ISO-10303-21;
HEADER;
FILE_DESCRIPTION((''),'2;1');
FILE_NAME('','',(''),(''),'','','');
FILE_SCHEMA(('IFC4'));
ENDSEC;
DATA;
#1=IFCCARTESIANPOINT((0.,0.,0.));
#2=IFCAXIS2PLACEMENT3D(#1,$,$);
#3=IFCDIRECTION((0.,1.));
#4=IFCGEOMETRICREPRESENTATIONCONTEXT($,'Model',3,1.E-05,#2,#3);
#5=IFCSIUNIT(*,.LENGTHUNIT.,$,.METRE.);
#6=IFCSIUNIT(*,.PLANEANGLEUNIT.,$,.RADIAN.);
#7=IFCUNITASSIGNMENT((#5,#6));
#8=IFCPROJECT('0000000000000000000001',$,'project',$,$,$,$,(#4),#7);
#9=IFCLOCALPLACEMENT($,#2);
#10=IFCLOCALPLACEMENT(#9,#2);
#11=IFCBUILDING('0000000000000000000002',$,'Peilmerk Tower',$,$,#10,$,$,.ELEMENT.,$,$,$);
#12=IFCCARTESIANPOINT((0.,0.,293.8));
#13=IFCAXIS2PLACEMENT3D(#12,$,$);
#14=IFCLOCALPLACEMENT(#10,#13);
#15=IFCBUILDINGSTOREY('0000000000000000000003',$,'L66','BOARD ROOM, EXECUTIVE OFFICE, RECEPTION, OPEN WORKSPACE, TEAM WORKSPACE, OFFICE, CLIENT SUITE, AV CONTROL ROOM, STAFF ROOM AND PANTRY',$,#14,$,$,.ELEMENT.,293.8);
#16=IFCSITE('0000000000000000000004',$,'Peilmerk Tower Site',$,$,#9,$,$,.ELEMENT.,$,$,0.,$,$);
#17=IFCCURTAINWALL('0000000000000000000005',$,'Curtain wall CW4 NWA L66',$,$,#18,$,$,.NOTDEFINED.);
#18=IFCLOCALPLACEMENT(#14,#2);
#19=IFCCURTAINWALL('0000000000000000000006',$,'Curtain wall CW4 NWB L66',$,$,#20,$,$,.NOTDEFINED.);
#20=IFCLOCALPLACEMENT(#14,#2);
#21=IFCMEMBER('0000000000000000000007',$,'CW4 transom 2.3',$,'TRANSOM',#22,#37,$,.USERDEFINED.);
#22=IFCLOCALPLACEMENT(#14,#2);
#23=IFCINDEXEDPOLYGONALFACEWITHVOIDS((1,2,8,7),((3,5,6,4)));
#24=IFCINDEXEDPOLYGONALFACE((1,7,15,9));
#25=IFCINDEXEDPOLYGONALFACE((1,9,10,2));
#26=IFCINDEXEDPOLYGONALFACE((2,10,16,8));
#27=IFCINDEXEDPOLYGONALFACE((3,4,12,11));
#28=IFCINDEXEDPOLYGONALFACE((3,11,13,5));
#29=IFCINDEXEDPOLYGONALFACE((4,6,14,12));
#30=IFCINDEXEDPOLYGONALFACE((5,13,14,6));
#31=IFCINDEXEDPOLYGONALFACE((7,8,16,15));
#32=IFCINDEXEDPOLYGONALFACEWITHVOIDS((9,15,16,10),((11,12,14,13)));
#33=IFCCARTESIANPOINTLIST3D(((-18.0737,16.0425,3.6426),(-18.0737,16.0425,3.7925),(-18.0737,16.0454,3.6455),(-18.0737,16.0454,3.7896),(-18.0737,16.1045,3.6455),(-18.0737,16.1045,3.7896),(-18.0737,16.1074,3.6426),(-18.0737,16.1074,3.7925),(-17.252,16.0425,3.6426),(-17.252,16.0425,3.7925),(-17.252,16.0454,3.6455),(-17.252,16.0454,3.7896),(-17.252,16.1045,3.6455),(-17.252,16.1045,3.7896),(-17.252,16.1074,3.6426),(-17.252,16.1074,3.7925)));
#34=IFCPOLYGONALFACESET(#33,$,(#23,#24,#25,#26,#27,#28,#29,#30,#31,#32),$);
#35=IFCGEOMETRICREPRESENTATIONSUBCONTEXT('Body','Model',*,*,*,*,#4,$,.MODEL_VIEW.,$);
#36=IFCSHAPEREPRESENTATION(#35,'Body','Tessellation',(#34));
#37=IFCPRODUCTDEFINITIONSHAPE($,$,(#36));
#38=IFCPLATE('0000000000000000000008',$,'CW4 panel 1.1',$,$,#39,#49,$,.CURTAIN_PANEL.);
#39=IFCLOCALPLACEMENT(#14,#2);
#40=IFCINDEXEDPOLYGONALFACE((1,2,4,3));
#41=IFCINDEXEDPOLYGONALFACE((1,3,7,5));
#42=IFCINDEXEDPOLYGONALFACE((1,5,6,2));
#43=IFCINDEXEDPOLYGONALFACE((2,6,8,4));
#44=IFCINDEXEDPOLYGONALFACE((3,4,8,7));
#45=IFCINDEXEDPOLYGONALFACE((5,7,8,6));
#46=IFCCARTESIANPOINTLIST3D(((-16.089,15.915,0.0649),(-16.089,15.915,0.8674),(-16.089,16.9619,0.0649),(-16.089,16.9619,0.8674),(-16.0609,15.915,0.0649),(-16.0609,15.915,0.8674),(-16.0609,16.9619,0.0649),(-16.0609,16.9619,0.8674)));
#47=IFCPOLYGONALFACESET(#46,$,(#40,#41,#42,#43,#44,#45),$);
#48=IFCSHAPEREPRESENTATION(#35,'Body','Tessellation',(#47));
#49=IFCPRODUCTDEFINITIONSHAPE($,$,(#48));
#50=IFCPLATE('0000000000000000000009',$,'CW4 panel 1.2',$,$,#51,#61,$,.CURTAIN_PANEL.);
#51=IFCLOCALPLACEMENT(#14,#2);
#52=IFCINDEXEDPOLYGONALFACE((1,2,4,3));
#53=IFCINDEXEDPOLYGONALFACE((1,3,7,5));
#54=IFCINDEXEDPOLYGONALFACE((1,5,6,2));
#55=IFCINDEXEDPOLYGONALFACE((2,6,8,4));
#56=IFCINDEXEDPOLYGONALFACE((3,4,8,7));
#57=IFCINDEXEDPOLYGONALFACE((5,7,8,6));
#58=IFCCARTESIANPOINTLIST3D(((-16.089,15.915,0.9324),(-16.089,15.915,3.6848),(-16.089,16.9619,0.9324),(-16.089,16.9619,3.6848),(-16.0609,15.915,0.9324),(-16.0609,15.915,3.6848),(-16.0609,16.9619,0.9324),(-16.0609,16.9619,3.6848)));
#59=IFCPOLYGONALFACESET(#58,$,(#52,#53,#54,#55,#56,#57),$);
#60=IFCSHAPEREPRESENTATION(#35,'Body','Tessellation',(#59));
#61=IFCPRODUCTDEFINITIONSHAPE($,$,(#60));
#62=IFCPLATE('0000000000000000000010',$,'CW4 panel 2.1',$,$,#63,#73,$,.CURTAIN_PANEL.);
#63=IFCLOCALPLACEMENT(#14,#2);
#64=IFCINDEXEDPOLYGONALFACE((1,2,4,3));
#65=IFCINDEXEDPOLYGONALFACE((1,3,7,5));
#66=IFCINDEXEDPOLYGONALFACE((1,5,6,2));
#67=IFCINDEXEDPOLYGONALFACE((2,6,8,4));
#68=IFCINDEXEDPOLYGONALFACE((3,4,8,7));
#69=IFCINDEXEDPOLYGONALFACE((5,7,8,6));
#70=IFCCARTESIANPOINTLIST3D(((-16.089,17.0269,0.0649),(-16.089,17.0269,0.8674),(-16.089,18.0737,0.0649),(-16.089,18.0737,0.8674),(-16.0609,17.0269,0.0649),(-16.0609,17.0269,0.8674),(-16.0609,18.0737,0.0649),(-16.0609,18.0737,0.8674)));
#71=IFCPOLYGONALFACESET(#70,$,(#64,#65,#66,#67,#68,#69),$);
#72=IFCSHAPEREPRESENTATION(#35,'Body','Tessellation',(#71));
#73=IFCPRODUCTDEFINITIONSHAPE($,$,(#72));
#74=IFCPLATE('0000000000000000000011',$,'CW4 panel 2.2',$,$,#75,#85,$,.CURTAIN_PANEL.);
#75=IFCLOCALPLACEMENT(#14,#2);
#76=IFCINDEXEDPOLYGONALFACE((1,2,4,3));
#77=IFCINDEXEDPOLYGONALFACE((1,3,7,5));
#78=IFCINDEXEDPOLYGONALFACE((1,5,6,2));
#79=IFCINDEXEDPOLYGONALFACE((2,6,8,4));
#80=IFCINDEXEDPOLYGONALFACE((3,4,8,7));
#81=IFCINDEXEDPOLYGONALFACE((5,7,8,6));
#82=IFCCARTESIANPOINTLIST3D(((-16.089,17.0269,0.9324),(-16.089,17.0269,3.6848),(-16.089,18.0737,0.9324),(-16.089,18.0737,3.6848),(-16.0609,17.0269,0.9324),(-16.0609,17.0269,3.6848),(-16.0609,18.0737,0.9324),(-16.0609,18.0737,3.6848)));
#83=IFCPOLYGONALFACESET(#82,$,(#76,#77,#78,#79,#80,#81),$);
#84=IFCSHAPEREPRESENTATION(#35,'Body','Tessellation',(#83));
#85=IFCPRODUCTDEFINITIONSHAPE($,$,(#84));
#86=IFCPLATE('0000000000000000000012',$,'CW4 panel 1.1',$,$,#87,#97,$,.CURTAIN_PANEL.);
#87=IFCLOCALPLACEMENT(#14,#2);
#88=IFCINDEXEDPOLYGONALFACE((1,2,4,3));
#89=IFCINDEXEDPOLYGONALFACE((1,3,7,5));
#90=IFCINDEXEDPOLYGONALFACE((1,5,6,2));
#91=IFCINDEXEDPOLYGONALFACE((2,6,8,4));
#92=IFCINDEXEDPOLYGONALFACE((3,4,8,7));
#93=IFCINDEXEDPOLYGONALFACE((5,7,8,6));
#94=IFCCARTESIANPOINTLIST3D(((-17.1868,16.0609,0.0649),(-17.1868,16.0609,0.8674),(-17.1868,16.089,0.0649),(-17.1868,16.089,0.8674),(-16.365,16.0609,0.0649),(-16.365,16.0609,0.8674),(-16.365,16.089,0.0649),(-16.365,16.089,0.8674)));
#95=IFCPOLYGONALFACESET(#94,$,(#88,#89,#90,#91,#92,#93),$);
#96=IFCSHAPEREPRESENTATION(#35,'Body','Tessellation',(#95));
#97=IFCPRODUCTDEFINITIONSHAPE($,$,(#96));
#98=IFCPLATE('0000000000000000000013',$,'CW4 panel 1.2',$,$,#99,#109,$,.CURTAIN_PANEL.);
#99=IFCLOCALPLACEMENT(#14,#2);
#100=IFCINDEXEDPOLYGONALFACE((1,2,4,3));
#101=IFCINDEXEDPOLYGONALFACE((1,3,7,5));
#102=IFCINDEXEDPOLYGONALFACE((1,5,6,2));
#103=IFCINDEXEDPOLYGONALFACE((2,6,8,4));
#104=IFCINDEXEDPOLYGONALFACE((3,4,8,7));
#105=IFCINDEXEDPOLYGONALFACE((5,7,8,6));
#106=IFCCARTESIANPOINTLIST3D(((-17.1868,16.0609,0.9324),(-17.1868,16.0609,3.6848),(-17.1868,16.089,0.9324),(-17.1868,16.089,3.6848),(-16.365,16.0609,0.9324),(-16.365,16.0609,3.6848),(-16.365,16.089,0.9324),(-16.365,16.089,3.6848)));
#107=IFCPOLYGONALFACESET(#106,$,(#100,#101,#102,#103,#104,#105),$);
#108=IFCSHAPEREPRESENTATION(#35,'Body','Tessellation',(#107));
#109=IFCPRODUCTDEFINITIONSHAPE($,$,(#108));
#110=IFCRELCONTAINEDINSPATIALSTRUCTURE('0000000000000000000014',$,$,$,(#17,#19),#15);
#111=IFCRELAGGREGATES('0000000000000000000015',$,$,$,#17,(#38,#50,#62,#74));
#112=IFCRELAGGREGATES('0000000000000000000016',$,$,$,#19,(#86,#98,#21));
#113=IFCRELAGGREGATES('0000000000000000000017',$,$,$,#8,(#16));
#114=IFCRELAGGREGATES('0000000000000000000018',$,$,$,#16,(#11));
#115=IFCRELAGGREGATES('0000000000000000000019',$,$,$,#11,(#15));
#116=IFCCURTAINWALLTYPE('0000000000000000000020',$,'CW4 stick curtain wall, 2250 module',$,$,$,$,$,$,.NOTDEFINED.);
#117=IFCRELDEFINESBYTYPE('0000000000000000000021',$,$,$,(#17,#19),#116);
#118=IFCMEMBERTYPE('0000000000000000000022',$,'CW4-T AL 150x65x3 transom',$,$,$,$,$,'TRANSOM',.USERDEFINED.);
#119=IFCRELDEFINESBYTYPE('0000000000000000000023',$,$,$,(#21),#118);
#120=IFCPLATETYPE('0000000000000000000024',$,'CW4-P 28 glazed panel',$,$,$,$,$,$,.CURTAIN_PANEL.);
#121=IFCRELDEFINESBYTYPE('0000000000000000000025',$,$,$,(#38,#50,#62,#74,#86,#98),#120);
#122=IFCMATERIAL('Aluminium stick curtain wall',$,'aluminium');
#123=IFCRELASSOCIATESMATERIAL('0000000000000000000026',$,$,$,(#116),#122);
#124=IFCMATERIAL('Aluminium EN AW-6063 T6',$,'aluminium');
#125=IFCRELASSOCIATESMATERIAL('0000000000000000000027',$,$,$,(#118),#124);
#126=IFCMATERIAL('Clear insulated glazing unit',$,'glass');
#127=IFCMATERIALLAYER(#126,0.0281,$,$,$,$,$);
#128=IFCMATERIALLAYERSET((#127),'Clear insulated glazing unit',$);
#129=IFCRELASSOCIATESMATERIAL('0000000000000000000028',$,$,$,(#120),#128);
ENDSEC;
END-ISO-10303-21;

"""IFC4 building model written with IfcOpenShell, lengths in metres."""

from ifc_helpers import new_model, si_unit, direction, frame, origin, origin_2d, place, context, subcontext, project, spatial, rectangle, hollow_rectangle, extrude, material, layer, layer_set, material_profile, profile_set, type_object, element, aggregate, save


model = new_model("IFC4")

# Units and contexts
model_context = context("Model", 3, precision=1e-05, world=origin(), true_north=direction((0.0, 1.0)))
body_context = subcontext(model_context, "Body", "Model", "MODEL_VIEW")
ifc_project = project(units=[si_unit("LENGTHUNIT", "METRE"), si_unit("PLANEANGLEUNIT", "RADIAN")], contexts=[model_context])

# Site, building, storey
site_placement = place(None, origin())
site = spatial("IfcSite", under=ifc_project, at=site_placement, Name="Peilmerk Tower Site", CompositionType="ELEMENT", RefElevation=0.0)
building_placement = place(site_placement, origin())
building = spatial("IfcBuilding", under=site, at=building_placement, Name="Peilmerk Tower", CompositionType="ELEMENT")
storey_placement = place(building_placement, frame((0.0, 0.0, 293.8)))
storey = spatial("IfcBuildingStorey", under=building, at=storey_placement, Name="L66", Description="BOARD ROOM, EXECUTIVE OFFICE, RECEPTION, OPEN WORKSPACE, TEAM WORKSPACE, OFFICE, CLIENT SUITE, AV CONTROL ROOM, STAFF ROOM AND PANTRY", CompositionType="ELEMENT", Elevation=293.8)

# Curtain walls
ifc_material_1 = material(Name="Aluminium stick curtain wall", Category="aluminium")
curtain_wall_type = type_object("IfcCurtainWallType", Name="CW4 stick curtain wall, 2250 module", PredefinedType="NOTDEFINED", material=ifc_material_1)
curtain_wall_1_placement = place(storey_placement, origin())
curtain_wall_1 = element("IfcCurtainWall", 1, at=curtain_wall_1_placement, inside=storey, type_object=curtain_wall_type, Name="Curtain wall CW4 NWA L66", PredefinedType="NOTDEFINED")
ifc_material_2 = material(Name="Aluminium EN AW-6063 T6", Category="aluminium")
curtain_wall_2_placement = place(storey_placement, origin())
curtain_wall_2 = element("IfcCurtainWall", 2, at=curtain_wall_2_placement, inside=storey, type_object=curtain_wall_type, Name="Curtain wall CW4 NWB L66", PredefinedType="NOTDEFINED")

# Member
ifc_material_profile_1 = material_profile(ifc_material_2, hollow_rectangle(XDim=0.0649, YDim=0.1499, WallThickness=0.0029, at=origin_2d()), Name="AL 150x65x3")
ifc_profile_set_1 = profile_set([ifc_material_profile_1], Name="Aluminium EN AW-6063 T6")
member_type_1 = type_object("IfcMemberType", Name="CW4-T AL 150x65x3 transom", ElementType="TRANSOM", PredefinedType="USERDEFINED", material=ifc_profile_set_1)
member_1_placement = place(storey_placement, frame((-17.252, 16.075, 3.7175), z_axis=(-1.0, 0.0, 0.0), x_axis=(0.0, -1.0, 0.0)))
member_1 = element("IfcMember", 3, at=member_1_placement, type_object=member_type_1, Name="CW4 transom 2.3", ObjectType="TRANSOM", PredefinedType="USERDEFINED", context=body_context, shape_type="SweptSolid", body=[
    extrude(hollow_rectangle(XDim=0.0649, YDim=0.1499, WallThickness=0.0029, at=origin_2d()), origin(), (0.0, 0.0, 1.0), 0.8218),
])

# Plates
ifc_material_3 = material(Name="Clear insulated glazing unit", Category="glass")
ifc_layer_1 = layer(ifc_material_3, 0.0281)
ifc_layer_set_1 = layer_set([ifc_layer_1], Name="Clear insulated glazing unit")
plate_type = type_object("IfcPlateType", Name="CW4-P 28 glazed panel", PredefinedType="CURTAIN_PANEL", material=ifc_layer_set_1)
plate_1_placement = place(storey_placement, frame((-16.075, 16.4385, 0.0649), z_axis=(0.0, 0.0, 1.0), x_axis=(0.0, 1.0, 0.0)))
plate_1 = element("IfcPlate", 4, at=plate_1_placement, type_object=plate_type, Name="CW4 panel 1.1", PredefinedType="CURTAIN_PANEL", context=body_context, shape_type="SweptSolid", body=[
    extrude(rectangle(XDim=1.0469, YDim=0.0281, at=origin_2d()), origin(), (0.0, 0.0, 1.0), 0.8025),
])
plate_2_placement = place(storey_placement, frame((-16.075, 16.4385, 0.9324), z_axis=(0.0, 0.0, 1.0), x_axis=(0.0, 1.0, 0.0)))
plate_2 = element("IfcPlate", 5, at=plate_2_placement, type_object=plate_type, Name="CW4 panel 1.2", PredefinedType="CURTAIN_PANEL", context=body_context, shape_type="SweptSolid", body=[
    extrude(rectangle(XDim=1.0469, YDim=0.0281, at=origin_2d()), origin(), (0.0, 0.0, 1.0), 2.7524),
])
plate_3_placement = place(storey_placement, frame((-16.075, 17.5503, 0.0649), z_axis=(0.0, 0.0, 1.0), x_axis=(0.0, 1.0, 0.0)))
plate_3 = element("IfcPlate", 6, at=plate_3_placement, type_object=plate_type, Name="CW4 panel 2.1", PredefinedType="CURTAIN_PANEL", context=body_context, shape_type="SweptSolid", body=[
    extrude(rectangle(XDim=1.0469, YDim=0.0281, at=origin_2d()), origin(), (0.0, 0.0, 1.0), 0.8025),
])
plate_4_placement = place(storey_placement, frame((-16.075, 17.5503, 0.9324), z_axis=(0.0, 0.0, 1.0), x_axis=(0.0, 1.0, 0.0)))
plate_4 = element("IfcPlate", 7, at=plate_4_placement, type_object=plate_type, Name="CW4 panel 2.2", PredefinedType="CURTAIN_PANEL", context=body_context, shape_type="SweptSolid", body=[
    extrude(rectangle(XDim=1.0469, YDim=0.0281, at=origin_2d()), origin(), (0.0, 0.0, 1.0), 2.7524),
])
aggregate(curtain_wall_1, [plate_1, plate_2, plate_3, plate_4])
plate_5_placement = place(storey_placement, frame((-16.7759, 16.075, 0.0649), z_axis=(0.0, 0.0, 1.0), x_axis=(-1.0, 0.0, 0.0)))
plate_5 = element("IfcPlate", 8, at=plate_5_placement, type_object=plate_type, Name="CW4 panel 1.1", PredefinedType="CURTAIN_PANEL", context=body_context, shape_type="SweptSolid", body=[
    extrude(rectangle(XDim=0.8218, YDim=0.0281, at=origin_2d()), origin(), (0.0, 0.0, 1.0), 0.8025),
])
plate_6_placement = place(storey_placement, frame((-16.7759, 16.075, 0.9324), z_axis=(0.0, 0.0, 1.0), x_axis=(-1.0, 0.0, 0.0)))
plate_6 = element("IfcPlate", 9, at=plate_6_placement, type_object=plate_type, Name="CW4 panel 1.2", PredefinedType="CURTAIN_PANEL", context=body_context, shape_type="SweptSolid", body=[
    extrude(rectangle(XDim=0.8218, YDim=0.0281, at=origin_2d()), origin(), (0.0, 0.0, 1.0), 2.7524),
])
aggregate(curtain_wall_2, [plate_5, plate_6, member_1])

save(model, "model.ifc")
